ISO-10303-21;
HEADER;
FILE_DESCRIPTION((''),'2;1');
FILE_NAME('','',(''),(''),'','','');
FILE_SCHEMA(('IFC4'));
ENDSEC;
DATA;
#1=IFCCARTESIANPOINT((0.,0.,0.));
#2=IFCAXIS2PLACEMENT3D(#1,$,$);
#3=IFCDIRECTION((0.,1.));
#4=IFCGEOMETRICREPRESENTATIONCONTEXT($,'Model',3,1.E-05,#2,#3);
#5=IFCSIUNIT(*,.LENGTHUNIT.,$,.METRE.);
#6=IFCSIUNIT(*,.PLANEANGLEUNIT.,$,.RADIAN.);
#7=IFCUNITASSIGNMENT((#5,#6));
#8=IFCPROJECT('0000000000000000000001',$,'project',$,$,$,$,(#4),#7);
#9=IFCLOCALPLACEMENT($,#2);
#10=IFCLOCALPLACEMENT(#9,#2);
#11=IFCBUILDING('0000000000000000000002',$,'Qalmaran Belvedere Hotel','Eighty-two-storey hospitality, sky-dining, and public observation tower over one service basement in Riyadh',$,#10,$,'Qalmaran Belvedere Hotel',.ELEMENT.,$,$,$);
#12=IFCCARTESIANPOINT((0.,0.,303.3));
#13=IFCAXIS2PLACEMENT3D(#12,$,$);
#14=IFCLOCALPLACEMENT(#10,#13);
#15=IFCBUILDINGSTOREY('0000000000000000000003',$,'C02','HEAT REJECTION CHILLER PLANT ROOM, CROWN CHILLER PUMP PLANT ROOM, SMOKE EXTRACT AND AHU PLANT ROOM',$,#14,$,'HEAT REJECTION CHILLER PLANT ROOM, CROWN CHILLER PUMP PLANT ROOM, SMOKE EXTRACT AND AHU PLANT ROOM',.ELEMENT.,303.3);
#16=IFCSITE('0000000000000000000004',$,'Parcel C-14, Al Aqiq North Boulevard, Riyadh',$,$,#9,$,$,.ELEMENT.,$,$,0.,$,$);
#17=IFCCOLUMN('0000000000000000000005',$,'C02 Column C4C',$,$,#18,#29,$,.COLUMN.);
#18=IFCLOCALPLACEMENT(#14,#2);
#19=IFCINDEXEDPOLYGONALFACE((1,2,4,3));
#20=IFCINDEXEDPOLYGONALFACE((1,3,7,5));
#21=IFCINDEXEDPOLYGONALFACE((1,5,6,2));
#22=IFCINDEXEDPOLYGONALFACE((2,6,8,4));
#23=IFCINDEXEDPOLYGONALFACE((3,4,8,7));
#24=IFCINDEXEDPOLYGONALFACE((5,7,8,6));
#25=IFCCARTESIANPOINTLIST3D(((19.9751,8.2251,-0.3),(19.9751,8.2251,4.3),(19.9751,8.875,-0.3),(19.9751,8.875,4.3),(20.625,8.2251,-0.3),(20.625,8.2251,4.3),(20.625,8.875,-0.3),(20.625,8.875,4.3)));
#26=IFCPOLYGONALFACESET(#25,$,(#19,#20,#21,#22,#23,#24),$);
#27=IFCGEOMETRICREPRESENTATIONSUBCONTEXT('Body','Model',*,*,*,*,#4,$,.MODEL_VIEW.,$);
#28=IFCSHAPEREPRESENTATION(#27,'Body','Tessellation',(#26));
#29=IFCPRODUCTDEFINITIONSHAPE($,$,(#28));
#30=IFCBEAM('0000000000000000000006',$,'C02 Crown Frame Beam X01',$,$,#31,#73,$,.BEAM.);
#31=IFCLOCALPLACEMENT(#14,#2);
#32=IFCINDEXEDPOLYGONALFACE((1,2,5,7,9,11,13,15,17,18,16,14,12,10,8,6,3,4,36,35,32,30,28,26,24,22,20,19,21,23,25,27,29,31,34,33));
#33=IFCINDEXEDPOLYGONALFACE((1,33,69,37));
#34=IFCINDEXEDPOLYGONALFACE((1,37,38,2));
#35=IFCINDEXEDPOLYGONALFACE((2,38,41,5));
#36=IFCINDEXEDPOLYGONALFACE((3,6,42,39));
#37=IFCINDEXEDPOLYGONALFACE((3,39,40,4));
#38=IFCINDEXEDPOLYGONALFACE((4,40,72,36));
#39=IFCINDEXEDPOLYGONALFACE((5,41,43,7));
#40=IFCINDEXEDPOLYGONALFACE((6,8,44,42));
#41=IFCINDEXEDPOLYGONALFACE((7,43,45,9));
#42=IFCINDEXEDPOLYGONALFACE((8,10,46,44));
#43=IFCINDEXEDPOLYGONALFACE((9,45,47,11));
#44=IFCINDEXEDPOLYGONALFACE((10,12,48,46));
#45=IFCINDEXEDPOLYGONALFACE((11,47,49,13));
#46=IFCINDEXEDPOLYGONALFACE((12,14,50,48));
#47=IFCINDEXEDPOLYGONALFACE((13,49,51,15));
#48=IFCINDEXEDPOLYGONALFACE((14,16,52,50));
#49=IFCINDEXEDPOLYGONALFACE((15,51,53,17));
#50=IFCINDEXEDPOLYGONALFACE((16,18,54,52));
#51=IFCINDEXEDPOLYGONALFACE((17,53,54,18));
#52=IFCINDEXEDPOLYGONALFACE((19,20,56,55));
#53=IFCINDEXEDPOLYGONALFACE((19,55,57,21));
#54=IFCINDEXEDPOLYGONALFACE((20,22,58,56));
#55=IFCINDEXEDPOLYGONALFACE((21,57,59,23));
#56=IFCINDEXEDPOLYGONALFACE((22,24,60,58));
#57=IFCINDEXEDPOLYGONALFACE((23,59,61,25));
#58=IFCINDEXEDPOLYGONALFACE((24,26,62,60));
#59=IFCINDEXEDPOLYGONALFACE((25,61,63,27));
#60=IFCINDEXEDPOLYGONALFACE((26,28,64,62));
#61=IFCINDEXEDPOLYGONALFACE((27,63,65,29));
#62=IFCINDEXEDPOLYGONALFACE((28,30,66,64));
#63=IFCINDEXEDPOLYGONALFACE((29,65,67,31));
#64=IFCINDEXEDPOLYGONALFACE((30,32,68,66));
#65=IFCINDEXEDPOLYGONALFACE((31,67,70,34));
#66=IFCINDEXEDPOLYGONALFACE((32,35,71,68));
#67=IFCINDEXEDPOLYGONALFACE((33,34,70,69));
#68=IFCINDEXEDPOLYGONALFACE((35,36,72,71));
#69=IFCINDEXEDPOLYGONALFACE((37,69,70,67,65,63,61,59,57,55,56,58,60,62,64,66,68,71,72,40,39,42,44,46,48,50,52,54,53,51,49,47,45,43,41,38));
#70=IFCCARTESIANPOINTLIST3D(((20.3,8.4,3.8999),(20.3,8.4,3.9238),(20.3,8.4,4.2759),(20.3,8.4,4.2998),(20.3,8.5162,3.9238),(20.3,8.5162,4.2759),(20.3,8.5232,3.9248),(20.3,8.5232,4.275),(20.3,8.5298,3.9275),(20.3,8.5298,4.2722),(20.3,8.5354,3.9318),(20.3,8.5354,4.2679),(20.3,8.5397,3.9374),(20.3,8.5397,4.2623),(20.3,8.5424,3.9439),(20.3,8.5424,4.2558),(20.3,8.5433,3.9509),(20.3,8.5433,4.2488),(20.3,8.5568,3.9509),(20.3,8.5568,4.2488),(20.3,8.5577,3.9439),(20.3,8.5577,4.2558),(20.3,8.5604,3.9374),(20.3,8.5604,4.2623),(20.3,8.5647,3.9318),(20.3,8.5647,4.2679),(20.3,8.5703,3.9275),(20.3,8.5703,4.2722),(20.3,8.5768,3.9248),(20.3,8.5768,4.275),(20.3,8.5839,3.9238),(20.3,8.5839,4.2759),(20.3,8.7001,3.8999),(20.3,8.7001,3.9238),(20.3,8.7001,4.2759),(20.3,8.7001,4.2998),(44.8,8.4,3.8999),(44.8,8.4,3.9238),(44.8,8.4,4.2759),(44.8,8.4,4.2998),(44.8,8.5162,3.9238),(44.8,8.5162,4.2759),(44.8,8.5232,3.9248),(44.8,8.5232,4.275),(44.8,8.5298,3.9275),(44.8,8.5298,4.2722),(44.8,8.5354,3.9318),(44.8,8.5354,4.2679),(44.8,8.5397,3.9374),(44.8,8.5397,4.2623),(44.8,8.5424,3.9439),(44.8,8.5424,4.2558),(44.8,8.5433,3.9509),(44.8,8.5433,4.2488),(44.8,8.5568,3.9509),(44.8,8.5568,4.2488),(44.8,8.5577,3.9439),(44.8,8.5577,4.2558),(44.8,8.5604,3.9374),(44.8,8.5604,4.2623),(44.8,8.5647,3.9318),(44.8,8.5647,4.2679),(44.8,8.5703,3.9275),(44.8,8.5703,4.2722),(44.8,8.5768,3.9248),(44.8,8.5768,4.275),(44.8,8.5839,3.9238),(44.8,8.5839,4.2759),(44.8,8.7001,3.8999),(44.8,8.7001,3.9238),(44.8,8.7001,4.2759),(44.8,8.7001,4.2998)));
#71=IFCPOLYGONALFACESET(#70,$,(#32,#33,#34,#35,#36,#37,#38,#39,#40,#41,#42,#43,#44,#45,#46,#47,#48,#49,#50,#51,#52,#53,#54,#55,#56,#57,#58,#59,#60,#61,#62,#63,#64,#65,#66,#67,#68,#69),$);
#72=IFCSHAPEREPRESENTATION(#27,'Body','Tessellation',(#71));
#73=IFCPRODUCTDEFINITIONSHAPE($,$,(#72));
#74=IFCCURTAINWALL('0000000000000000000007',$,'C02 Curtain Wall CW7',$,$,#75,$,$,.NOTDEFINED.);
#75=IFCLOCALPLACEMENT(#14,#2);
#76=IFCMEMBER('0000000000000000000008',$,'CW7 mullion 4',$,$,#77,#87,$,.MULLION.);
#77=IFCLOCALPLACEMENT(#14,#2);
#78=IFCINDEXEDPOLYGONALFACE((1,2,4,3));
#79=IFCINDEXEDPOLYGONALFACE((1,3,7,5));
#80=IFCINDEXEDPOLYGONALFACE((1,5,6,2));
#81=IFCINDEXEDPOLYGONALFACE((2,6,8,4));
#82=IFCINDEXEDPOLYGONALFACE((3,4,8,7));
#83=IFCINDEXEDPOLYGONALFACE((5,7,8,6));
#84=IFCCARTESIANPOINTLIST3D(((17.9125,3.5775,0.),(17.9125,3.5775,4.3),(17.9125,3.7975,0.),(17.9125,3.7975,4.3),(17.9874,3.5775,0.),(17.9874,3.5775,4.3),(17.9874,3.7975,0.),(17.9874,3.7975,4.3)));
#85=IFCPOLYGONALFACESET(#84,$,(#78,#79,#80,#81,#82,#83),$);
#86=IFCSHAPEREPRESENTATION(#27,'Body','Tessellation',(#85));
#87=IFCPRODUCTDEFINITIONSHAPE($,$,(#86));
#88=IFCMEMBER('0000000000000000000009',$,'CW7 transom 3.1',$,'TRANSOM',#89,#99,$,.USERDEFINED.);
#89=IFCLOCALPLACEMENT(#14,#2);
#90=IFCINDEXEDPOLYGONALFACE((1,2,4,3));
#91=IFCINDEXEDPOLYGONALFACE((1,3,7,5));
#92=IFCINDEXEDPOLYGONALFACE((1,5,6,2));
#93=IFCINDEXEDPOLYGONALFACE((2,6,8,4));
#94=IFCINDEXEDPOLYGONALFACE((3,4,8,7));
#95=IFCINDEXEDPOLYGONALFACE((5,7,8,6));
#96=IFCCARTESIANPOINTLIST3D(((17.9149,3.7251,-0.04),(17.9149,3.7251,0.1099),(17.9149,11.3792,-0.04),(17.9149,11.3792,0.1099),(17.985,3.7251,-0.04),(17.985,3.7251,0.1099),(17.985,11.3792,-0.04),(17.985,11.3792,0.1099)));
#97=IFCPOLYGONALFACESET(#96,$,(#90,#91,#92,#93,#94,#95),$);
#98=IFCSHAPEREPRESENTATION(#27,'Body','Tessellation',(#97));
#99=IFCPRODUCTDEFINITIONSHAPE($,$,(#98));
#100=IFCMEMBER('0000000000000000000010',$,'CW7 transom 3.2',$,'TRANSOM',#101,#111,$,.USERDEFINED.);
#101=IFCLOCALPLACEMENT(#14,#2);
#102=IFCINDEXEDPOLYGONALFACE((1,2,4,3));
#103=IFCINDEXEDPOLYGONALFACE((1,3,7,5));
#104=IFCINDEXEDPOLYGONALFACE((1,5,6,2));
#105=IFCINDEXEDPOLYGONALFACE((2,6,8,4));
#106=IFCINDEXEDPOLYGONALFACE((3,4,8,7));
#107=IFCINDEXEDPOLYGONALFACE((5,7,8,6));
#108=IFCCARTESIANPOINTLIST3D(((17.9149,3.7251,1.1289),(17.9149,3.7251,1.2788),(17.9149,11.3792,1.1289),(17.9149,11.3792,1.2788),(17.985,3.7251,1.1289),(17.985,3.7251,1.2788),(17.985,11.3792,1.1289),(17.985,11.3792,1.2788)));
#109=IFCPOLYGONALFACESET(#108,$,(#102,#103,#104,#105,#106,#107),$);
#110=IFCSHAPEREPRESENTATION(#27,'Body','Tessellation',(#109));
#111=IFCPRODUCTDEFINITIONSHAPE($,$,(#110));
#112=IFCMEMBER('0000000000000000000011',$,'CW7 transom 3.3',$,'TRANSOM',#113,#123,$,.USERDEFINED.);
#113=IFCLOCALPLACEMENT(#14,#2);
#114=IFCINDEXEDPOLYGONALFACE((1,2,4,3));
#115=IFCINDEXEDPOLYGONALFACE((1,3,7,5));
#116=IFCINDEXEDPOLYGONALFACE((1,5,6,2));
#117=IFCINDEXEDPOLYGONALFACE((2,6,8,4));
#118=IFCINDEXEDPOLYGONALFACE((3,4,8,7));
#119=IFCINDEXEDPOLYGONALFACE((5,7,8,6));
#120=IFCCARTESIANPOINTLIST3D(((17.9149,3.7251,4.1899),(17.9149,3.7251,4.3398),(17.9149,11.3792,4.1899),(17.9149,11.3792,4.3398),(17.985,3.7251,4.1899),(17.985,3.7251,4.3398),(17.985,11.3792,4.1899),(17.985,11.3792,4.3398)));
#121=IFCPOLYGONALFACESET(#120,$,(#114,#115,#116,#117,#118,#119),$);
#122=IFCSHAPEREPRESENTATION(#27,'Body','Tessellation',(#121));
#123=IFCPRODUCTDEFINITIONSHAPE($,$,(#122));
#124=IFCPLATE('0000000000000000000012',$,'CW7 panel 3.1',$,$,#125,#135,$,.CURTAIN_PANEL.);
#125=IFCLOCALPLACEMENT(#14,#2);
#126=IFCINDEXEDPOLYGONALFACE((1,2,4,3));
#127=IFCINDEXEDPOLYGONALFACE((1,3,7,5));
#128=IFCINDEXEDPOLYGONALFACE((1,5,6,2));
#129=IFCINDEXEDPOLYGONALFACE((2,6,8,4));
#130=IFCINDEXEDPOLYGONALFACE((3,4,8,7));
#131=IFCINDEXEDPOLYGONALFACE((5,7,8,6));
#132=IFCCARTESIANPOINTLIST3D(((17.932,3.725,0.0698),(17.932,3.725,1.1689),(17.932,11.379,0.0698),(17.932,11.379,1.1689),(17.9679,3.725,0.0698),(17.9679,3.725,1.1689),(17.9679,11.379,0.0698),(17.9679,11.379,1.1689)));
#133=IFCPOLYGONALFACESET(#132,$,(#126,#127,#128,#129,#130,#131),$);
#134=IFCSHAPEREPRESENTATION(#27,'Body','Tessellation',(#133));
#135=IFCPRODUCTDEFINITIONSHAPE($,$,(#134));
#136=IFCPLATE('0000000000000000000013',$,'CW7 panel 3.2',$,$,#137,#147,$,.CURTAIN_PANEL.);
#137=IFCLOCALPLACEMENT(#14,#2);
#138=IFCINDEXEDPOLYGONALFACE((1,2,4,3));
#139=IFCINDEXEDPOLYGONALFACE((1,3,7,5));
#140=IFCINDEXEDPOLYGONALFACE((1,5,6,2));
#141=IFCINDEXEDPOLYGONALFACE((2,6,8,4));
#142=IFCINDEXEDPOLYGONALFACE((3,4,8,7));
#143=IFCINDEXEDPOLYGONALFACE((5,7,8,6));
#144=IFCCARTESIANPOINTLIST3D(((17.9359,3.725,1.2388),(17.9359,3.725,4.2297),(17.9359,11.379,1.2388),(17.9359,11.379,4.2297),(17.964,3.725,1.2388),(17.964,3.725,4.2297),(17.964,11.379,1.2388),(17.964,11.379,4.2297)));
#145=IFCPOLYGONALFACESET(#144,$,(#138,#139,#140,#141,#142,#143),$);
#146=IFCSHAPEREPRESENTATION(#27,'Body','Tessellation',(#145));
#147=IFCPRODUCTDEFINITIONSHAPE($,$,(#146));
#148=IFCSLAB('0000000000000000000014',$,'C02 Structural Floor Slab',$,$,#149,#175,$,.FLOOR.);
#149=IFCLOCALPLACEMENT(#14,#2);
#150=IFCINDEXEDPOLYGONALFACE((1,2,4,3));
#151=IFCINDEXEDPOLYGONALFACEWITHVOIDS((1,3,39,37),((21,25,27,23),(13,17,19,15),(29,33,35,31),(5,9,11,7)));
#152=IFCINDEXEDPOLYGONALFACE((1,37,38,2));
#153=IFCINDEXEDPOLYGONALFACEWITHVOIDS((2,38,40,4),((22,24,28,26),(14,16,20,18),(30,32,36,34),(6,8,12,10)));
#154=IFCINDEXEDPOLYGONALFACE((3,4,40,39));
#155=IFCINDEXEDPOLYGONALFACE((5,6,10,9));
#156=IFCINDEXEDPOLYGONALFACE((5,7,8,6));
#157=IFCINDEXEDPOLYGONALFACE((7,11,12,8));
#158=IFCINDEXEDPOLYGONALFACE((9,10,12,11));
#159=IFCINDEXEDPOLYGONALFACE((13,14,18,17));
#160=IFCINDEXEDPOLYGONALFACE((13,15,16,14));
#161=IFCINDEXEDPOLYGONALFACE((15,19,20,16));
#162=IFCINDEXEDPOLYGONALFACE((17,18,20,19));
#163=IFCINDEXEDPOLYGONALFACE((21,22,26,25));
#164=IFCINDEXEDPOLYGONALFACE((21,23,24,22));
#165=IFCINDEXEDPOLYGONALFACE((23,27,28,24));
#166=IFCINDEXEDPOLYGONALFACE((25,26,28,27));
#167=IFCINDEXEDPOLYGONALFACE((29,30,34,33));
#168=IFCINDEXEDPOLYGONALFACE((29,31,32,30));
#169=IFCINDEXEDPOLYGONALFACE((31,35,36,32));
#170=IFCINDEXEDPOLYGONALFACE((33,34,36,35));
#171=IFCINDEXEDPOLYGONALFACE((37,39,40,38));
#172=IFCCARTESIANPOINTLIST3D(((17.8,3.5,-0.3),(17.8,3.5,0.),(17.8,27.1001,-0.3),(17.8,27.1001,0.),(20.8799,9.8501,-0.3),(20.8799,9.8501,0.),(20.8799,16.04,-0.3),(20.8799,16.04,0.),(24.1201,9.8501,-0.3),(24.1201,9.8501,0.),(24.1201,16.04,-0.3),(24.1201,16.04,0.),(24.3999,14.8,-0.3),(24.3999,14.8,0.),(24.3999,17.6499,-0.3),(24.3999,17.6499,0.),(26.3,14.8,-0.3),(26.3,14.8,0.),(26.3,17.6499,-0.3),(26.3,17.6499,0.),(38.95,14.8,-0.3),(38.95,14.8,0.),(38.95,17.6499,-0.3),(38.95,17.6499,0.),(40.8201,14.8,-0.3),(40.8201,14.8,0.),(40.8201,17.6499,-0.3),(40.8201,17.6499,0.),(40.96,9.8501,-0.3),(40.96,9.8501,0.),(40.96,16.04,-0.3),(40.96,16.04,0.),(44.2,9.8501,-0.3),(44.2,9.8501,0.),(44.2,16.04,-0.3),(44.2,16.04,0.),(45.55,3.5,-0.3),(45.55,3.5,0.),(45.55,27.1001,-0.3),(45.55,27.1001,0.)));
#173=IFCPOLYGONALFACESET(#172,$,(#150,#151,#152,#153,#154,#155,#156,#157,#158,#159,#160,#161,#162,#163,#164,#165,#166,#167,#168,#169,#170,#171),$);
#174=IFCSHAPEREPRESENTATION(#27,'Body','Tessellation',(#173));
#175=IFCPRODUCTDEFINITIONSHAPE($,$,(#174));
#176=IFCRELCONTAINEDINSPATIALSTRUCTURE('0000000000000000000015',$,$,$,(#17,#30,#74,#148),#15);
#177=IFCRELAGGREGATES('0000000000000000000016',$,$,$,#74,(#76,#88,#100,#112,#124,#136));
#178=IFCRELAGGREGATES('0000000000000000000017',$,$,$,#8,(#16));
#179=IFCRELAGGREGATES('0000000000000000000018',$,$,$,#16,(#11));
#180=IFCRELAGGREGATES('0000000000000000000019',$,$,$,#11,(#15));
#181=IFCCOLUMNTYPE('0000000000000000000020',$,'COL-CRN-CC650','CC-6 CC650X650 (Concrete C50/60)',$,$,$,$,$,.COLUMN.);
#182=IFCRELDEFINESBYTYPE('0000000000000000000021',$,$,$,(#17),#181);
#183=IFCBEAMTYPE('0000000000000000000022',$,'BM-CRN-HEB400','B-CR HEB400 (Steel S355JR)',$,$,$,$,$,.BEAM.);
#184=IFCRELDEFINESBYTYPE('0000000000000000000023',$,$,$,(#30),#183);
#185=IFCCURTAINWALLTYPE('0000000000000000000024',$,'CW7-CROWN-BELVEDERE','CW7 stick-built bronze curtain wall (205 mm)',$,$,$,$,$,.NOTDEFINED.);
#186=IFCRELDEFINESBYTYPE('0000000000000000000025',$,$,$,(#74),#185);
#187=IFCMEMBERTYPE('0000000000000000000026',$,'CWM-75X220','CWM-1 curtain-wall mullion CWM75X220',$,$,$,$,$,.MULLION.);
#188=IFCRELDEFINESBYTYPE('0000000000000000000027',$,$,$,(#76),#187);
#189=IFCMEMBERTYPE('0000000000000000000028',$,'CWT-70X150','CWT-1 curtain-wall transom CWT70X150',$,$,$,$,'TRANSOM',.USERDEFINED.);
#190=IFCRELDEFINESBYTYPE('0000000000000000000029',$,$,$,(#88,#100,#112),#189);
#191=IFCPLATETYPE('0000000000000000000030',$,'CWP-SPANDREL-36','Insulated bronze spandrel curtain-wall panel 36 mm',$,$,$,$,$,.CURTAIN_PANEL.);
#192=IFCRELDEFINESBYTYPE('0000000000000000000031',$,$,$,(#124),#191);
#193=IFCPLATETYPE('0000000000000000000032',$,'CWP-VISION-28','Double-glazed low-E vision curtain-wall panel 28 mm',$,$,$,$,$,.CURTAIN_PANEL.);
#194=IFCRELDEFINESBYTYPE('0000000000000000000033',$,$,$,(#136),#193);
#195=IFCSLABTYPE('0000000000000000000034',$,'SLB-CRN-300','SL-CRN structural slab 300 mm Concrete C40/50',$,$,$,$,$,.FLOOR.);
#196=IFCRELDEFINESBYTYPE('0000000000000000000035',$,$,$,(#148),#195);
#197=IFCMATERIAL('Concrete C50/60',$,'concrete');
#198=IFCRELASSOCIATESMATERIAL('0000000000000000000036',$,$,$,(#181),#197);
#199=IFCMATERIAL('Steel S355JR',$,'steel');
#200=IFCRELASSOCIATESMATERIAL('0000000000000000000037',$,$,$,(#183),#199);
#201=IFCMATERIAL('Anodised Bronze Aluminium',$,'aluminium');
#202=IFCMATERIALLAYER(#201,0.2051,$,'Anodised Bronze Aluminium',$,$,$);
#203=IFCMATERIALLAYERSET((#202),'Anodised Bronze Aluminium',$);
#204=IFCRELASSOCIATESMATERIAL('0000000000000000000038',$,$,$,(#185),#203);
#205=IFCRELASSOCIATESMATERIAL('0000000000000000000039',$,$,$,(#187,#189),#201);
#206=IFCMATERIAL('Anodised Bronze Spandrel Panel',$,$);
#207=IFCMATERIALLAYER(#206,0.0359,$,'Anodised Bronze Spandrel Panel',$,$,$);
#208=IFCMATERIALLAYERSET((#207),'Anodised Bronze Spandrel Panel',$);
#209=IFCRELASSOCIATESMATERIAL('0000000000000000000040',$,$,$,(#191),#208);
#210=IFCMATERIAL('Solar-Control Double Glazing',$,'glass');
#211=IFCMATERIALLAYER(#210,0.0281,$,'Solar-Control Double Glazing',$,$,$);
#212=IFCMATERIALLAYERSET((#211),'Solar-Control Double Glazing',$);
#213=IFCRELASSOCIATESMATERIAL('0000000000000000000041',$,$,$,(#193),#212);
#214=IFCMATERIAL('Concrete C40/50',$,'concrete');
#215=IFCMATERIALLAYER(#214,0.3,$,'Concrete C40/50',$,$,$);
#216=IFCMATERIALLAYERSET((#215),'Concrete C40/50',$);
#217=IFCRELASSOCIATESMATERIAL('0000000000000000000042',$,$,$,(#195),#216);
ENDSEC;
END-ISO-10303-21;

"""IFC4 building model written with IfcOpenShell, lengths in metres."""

from ifc_helpers import new_model, si_unit, direction, frame, origin, origin_2d, place, context, subcontext, project, spatial, polyline, rectangle, i_section, outline, extrude, material, layer, layer_set, material_profile, profile_set, type_object, element, aggregate, save


model = new_model("IFC4")

# Units and contexts
model_context = context("Model", 3, precision=1e-05, world=origin(), true_north=direction((0.0, 1.0)))
body_context = subcontext(model_context, "Body", "Model", "MODEL_VIEW")
ifc_project = project(units=[si_unit("LENGTHUNIT", "METRE"), si_unit("PLANEANGLEUNIT", "RADIAN")], contexts=[model_context])

# Site, building, storey
site_placement = place(None, origin())
site = spatial("IfcSite", under=ifc_project, at=site_placement, Name="Parcel C-14, Al Aqiq North Boulevard, Riyadh", CompositionType="ELEMENT", RefElevation=0.0)
building_placement = place(site_placement, origin())
building = spatial("IfcBuilding", under=site, at=building_placement, Name="Qalmaran Belvedere Hotel", Description="Eighty-two-storey hospitality, sky-dining, and public observation tower over one service basement in Riyadh", LongName="Qalmaran Belvedere Hotel", CompositionType="ELEMENT")
storey_placement = place(building_placement, frame((0.0, 0.0, 303.3)))
storey = spatial("IfcBuildingStorey", under=building, at=storey_placement, Name="C02", Description="HEAT REJECTION CHILLER PLANT ROOM, CROWN CHILLER PUMP PLANT ROOM, SMOKE EXTRACT AND AHU PLANT ROOM", LongName="HEAT REJECTION CHILLER PLANT ROOM, CROWN CHILLER PUMP PLANT ROOM, SMOKE EXTRACT AND AHU PLANT ROOM", CompositionType="ELEMENT", Elevation=303.3)

# Column
ifc_material_1 = material(Name="Concrete C50/60", Category="concrete")
ifc_material_profile_1 = material_profile(ifc_material_1, rectangle(XDim=0.6499, YDim=0.6499, at=origin_2d()), Name="CC650X650")
ifc_profile_set_1 = profile_set([ifc_material_profile_1], Name="Concrete C50/60")
column_type = type_object("IfcColumnType", Name="COL-CRN-CC650", Description="CC-6 CC650X650 (Concrete C50/60)", PredefinedType="COLUMN", material=ifc_profile_set_1)
column_placement = place(storey_placement, frame((20.3, 8.55, -0.3), z_axis=(0.0, 0.0, 1.0), x_axis=(1.0, 0.0, 0.0)))
element("IfcColumn", 1, at=column_placement, inside=storey, type_object=column_type, Name="C02 Column C4C", PredefinedType="COLUMN", context=body_context, shape_type="SweptSolid", body=[
    extrude(rectangle(XDim=0.6499, YDim=0.6499, at=origin_2d()), origin(), (0.0, 0.0, 1.0), 4.6001),
])

# Beam
ifc_material_2 = material(Name="Steel S355JR", Category="steel")
ifc_material_profile_2 = material_profile(ifc_material_2, i_section(OverallWidth=0.3, OverallDepth=0.3999, WebThickness=0.0134, FlangeThickness=0.0239, FilletRadius=0.0271, at=origin_2d()), Name="HEB400")
ifc_profile_set_2 = profile_set([ifc_material_profile_2], Name="Steel S355JR")
beam_type = type_object("IfcBeamType", Name="BM-CRN-HEB400", Description="B-CR HEB400 (Steel S355JR)", PredefinedType="BEAM", material=ifc_profile_set_2)
beam_placement = place(storey_placement, frame((20.3, 8.55, 4.0999), z_axis=(1.0, 0.0, 0.0), x_axis=(0.0, 1.0, 0.0)))
element("IfcBeam", 2, at=beam_placement, inside=storey, type_object=beam_type, Name="C02 Crown Frame Beam X01", PredefinedType="BEAM", context=body_context, shape_type="SweptSolid", body=[
    extrude(i_section(OverallWidth=0.3, OverallDepth=0.3999, WebThickness=0.0134, FlangeThickness=0.0239, FilletRadius=0.0271, at=origin_2d()), origin(), (0.0, 0.0, 1.0), 24.5),
])

# Curtain wall, members, plates
ifc_material_3 = material(Name="Anodised Bronze Aluminium", Category="aluminium")
ifc_layer_1 = layer(ifc_material_3, 0.2051, Name="Anodised Bronze Aluminium")
ifc_layer_set_1 = layer_set([ifc_layer_1], Name="Anodised Bronze Aluminium")
curtain_wall_type = type_object("IfcCurtainWallType", Name="CW7-CROWN-BELVEDERE", Description="CW7 stick-built bronze curtain wall (205 mm)", PredefinedType="NOTDEFINED", material=ifc_layer_set_1)
curtain_wall_placement = place(storey_placement, origin())
curtain_wall = element("IfcCurtainWall", 3, at=curtain_wall_placement, inside=storey, type_object=curtain_wall_type, Name="C02 Curtain Wall CW7", PredefinedType="NOTDEFINED")
ifc_material_profile_3 = material_profile(ifc_material_3, rectangle(XDim=0.075, YDim=0.22, at=origin_2d()), Name="CWM75X220")
ifc_profile_set_3 = profile_set([ifc_material_profile_3], Name="Anodised Bronze Aluminium")
member_type_1 = type_object("IfcMemberType", Name="CWM-75X220", Description="CWM-1 curtain-wall mullion CWM75X220", PredefinedType="MULLION", material=ifc_profile_set_3)
member_1_placement = place(storey_placement, frame((17.95, 3.6875, 0.0), z_axis=(0.0, 0.0, 1.0), x_axis=(1.0, 0.0, 0.0)))
member_1 = element("IfcMember", 4, at=member_1_placement, type_object=member_type_1, Name="CW7 mullion 4", PredefinedType="MULLION", context=body_context, shape_type="SweptSolid", body=[
    extrude(rectangle(XDim=0.075, YDim=0.22, at=origin_2d()), origin(), (0.0, 0.0, 1.0), 4.3),
])
ifc_material_profile_4 = material_profile(ifc_material_3, rectangle(XDim=0.0701, YDim=0.1499, at=origin_2d()), Name="CWT70X150")
ifc_profile_set_4 = profile_set([ifc_material_profile_4], Name="Anodised Bronze Aluminium")
member_type_2 = type_object("IfcMemberType", Name="CWT-70X150", Description="CWT-1 curtain-wall transom CWT70X150", ElementType="TRANSOM", PredefinedType="USERDEFINED", material=ifc_profile_set_4)
member_2_placement = place(storey_placement, frame((17.95, 11.3792, 0.0349), z_axis=(0.0, -1.0, 0.0), x_axis=(1.0, 0.0, 0.0)))
member_2 = element("IfcMember", 5, at=member_2_placement, type_object=member_type_2, Name="CW7 transom 3.1", ObjectType="TRANSOM", PredefinedType="USERDEFINED", context=body_context, shape_type="SweptSolid", body=[
    extrude(rectangle(XDim=0.0701, YDim=0.1499, at=origin_2d()), origin(), (0.0, 0.0, 1.0), 7.6541),
])
member_3_placement = place(storey_placement, frame((17.95, 11.3792, 1.2039), z_axis=(0.0, -1.0, 0.0), x_axis=(1.0, 0.0, 0.0)))
member_3 = element("IfcMember", 6, at=member_3_placement, type_object=member_type_2, Name="CW7 transom 3.2", ObjectType="TRANSOM", PredefinedType="USERDEFINED", context=body_context, shape_type="SweptSolid", body=[
    extrude(rectangle(XDim=0.0701, YDim=0.1499, at=origin_2d()), origin(), (0.0, 0.0, 1.0), 7.6541),
])
member_4_placement = place(storey_placement, frame((17.95, 11.3792, 4.2649), z_axis=(0.0, -1.0, 0.0), x_axis=(1.0, 0.0, 0.0)))
member_4 = element("IfcMember", 7, at=member_4_placement, type_object=member_type_2, Name="CW7 transom 3.3", ObjectType="TRANSOM", PredefinedType="USERDEFINED", context=body_context, shape_type="SweptSolid", body=[
    extrude(rectangle(XDim=0.0701, YDim=0.1499, at=origin_2d()), origin(), (0.0, 0.0, 1.0), 7.6541),
])
ifc_material_4 = material(Name="Anodised Bronze Spandrel Panel")
ifc_layer_2 = layer(ifc_material_4, 0.0359, Name="Anodised Bronze Spandrel Panel")
ifc_layer_set_2 = layer_set([ifc_layer_2], Name="Anodised Bronze Spandrel Panel")
plate_type_1 = type_object("IfcPlateType", Name="CWP-SPANDREL-36", Description="Insulated bronze spandrel curtain-wall panel 36 mm", PredefinedType="CURTAIN_PANEL", material=ifc_layer_set_2)
plate_1_placement = place(storey_placement, frame((17.95, 7.552, 0.0698), z_axis=(0.0, 0.0, 1.0), x_axis=(0.0, -1.0, 0.0)))
plate_1 = element("IfcPlate", 8, at=plate_1_placement, type_object=plate_type_1, Name="CW7 panel 3.1", PredefinedType="CURTAIN_PANEL", context=body_context, shape_type="SweptSolid", body=[
    extrude(rectangle(XDim=7.6541, YDim=0.0359, at=origin_2d()), origin(), (0.0, 0.0, 1.0), 1.0991),
])
ifc_material_5 = material(Name="Solar-Control Double Glazing", Category="glass")
ifc_layer_3 = layer(ifc_material_5, 0.0281, Name="Solar-Control Double Glazing")
ifc_layer_set_3 = layer_set([ifc_layer_3], Name="Solar-Control Double Glazing")
plate_type_2 = type_object("IfcPlateType", Name="CWP-VISION-28", Description="Double-glazed low-E vision curtain-wall panel 28 mm", PredefinedType="CURTAIN_PANEL", material=ifc_layer_set_3)
plate_2_placement = place(storey_placement, frame((17.95, 7.552, 1.2388), z_axis=(0.0, 0.0, 1.0), x_axis=(0.0, -1.0, 0.0)))
plate_2 = element("IfcPlate", 9, at=plate_2_placement, type_object=plate_type_2, Name="CW7 panel 3.2", PredefinedType="CURTAIN_PANEL", context=body_context, shape_type="SweptSolid", body=[
    extrude(rectangle(XDim=7.6541, YDim=0.0281, at=origin_2d()), origin(), (0.0, 0.0, 1.0), 2.991),
])
aggregate(curtain_wall, [member_1, member_2, member_3, member_4, plate_1, plate_2])

# Slab
ifc_material_6 = material(Name="Concrete C40/50", Category="concrete")
ifc_layer_4 = layer(ifc_material_6, 0.3, Name="Concrete C40/50")
ifc_layer_set_4 = layer_set([ifc_layer_4], Name="Concrete C40/50")
slab_type_1 = type_object("IfcSlabType", Name="SLB-CRN-300", Description="SL-CRN structural slab 300 mm Concrete C40/50", PredefinedType="FLOOR", material=ifc_layer_set_4)
slab_1_placement = place(storey_placement, frame((0.0, 0.0, -0.3)))
element("IfcSlab", 10, at=slab_1_placement, inside=storey, type_object=slab_type_1, Name="C02 Structural Floor Slab", PredefinedType="FLOOR", context=body_context, shape_type="SweptSolid", body=[
    extrude(outline(polyline([(17.8, 3.5), (45.55, 3.5), (45.55, 27.1001), (17.8, 27.1001), (17.8, 3.5)]), holes=[polyline([(20.8799, 9.8501), (24.1201, 9.8501), (24.1201, 16.04), (20.8799, 16.04), (20.8799, 9.8501)]), polyline([(40.96, 9.8501), (44.2, 9.8501), (44.2, 16.04), (40.96, 16.04), (40.96, 9.8501)]), polyline([(24.3999, 14.8), (26.3, 14.8), (26.3, 17.6499), (24.3999, 17.6499), (24.3999, 14.8)]), polyline([(38.95, 14.8), (40.8201, 14.8), (40.8201, 17.6499), (38.95, 17.6499), (38.95, 14.8)])]), origin(), (0.0, 0.0, 1.0), 0.3),
])

save(model, "model.ifc")
